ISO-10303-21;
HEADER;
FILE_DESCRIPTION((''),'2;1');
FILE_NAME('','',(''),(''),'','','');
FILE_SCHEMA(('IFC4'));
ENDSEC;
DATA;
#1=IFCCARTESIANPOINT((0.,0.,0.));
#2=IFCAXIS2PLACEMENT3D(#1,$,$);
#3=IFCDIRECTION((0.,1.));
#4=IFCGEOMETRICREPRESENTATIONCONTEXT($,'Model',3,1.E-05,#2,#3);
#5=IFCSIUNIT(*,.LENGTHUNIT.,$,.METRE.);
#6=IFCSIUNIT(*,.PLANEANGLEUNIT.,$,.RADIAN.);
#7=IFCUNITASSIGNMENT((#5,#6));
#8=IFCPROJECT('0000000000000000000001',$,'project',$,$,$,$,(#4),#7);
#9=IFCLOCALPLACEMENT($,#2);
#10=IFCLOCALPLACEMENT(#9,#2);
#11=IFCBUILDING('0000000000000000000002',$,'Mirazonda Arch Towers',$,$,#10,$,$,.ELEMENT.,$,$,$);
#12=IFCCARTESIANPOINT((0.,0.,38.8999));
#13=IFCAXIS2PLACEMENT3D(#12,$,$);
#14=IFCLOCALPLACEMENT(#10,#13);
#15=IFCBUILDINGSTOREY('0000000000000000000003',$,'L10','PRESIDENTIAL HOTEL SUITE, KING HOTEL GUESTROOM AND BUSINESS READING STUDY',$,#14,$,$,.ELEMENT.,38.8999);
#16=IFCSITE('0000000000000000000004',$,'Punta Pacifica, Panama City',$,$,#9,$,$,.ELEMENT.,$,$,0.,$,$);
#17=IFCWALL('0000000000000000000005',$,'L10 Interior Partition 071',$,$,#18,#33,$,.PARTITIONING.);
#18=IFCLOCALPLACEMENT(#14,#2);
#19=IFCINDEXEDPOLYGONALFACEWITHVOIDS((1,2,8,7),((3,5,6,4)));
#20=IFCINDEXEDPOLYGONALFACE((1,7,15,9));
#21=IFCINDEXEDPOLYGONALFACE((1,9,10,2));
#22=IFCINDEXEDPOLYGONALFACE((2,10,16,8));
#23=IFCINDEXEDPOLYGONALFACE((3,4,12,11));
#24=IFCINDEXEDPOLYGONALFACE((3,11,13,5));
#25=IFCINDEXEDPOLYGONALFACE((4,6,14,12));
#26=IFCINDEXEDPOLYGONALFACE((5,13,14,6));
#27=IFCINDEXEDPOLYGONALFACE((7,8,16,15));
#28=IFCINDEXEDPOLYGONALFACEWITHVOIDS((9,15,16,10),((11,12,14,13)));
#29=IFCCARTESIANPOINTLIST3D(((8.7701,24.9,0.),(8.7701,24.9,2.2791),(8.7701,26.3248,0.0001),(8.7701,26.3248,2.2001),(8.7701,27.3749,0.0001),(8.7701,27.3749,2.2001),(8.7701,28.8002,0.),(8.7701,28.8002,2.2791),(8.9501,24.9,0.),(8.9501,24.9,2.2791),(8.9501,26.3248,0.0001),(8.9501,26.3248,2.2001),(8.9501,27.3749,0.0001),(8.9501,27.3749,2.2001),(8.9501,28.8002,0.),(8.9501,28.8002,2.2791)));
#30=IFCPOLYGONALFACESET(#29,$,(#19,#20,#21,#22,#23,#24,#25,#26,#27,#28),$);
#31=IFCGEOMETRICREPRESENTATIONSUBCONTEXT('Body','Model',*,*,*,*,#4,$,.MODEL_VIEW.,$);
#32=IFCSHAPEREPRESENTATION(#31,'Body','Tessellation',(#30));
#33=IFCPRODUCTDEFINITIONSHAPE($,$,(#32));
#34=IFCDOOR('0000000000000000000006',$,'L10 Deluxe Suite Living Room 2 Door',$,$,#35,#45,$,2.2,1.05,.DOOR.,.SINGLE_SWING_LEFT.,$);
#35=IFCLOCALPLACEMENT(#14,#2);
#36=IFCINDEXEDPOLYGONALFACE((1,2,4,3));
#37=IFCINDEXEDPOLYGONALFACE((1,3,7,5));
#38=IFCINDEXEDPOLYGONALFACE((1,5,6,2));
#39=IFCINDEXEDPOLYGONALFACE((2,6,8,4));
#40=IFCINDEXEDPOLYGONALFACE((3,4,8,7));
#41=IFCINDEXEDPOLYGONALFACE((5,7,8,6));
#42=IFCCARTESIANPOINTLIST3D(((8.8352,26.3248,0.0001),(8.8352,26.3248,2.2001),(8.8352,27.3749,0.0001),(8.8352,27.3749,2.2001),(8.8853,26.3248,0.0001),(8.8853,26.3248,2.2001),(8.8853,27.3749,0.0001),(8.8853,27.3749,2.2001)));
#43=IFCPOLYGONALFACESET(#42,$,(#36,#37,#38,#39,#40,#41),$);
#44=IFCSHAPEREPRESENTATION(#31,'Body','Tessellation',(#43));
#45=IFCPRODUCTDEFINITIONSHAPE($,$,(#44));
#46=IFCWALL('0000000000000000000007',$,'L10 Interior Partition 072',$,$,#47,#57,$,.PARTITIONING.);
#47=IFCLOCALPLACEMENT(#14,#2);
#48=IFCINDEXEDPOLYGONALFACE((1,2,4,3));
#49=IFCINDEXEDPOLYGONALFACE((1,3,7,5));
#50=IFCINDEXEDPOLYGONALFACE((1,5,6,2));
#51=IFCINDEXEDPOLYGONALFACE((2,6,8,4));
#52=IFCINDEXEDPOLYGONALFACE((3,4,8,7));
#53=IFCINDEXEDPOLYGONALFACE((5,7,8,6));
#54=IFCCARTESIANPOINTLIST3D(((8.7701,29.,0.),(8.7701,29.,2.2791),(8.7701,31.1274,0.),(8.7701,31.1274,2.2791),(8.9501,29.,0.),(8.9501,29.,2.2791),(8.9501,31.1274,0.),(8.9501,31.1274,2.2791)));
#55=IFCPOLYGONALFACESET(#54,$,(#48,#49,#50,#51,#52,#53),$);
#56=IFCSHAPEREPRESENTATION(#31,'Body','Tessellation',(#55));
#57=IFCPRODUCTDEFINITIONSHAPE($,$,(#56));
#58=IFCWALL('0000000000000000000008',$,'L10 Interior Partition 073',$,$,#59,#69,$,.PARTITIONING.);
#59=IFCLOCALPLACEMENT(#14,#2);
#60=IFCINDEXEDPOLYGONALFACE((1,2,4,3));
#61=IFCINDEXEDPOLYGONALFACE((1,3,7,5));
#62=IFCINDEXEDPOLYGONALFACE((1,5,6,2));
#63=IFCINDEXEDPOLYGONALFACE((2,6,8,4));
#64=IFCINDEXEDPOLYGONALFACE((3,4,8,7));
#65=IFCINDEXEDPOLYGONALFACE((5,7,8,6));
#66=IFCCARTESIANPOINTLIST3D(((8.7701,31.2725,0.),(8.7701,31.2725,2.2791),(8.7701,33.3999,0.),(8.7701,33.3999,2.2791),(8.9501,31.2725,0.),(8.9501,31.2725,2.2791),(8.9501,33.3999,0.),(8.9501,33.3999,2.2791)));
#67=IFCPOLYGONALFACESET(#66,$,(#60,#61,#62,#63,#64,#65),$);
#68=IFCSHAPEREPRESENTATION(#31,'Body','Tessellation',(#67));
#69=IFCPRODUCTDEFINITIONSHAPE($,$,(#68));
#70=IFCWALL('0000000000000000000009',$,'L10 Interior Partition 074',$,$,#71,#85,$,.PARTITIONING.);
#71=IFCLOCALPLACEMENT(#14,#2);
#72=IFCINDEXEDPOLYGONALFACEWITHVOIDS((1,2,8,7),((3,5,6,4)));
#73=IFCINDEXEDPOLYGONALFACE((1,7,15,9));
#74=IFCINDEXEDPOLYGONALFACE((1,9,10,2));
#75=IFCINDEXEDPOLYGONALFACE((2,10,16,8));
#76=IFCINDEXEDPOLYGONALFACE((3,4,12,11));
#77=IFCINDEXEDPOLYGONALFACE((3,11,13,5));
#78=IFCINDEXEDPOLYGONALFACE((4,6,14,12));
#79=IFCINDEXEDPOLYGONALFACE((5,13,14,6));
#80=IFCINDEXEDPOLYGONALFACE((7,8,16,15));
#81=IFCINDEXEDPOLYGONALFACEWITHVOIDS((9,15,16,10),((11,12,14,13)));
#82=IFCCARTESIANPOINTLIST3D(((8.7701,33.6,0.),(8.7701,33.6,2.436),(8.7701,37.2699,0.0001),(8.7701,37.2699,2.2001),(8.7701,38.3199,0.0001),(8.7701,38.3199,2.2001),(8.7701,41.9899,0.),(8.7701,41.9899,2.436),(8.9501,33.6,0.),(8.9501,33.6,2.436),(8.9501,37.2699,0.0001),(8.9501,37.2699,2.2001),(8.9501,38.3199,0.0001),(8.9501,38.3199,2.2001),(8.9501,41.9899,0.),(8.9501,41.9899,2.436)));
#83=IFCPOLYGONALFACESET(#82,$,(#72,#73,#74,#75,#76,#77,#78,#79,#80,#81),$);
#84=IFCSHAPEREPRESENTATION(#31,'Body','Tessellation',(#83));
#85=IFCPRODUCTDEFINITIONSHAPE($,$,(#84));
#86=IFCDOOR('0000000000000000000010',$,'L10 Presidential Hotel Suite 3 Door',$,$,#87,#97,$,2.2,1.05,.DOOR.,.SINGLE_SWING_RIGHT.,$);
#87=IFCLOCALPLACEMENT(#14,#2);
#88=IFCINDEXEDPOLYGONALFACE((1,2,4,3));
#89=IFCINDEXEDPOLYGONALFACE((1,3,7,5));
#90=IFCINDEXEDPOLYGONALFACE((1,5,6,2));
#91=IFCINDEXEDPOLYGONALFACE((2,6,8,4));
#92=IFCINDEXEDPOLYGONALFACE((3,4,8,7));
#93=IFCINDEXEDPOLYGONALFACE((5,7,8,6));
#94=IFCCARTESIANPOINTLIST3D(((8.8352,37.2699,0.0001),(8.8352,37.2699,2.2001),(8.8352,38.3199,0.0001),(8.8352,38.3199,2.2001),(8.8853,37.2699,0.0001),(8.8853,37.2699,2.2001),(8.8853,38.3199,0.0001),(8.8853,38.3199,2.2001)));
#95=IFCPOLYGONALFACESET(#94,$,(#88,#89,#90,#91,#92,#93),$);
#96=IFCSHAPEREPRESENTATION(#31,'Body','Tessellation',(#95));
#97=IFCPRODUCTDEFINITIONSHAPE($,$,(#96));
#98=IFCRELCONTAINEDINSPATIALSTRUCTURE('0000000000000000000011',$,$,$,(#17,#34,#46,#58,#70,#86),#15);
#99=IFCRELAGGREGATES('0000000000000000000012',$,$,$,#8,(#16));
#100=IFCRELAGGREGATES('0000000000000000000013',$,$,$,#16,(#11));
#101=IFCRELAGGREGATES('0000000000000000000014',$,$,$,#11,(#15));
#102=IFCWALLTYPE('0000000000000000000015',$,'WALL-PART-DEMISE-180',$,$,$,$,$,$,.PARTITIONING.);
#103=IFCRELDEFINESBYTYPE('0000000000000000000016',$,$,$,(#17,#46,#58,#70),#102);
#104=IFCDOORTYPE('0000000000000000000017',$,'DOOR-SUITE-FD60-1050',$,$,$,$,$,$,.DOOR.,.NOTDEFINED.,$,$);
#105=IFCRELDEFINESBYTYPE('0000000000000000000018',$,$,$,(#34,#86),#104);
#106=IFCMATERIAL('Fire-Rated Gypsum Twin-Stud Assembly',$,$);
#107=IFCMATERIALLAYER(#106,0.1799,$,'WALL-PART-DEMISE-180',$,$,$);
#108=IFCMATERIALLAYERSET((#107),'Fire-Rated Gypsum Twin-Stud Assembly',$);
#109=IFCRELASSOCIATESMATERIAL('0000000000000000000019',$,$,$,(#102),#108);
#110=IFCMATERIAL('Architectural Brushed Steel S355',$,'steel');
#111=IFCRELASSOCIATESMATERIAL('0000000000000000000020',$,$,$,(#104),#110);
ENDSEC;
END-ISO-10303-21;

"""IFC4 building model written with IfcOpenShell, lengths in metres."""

from ifc_helpers import new_model, si_unit, direction, frame, frame_2d, origin, place, context, subcontext, project, spatial, rectangle, extrude, material, layer, layer_set, type_object, element, fill, save


model = new_model("IFC4")

# Units and contexts
model_context = context("Model", 3, precision=1e-05, world=origin(), true_north=direction((0.0, 1.0)))
body_context = subcontext(model_context, "Body", "Model", "MODEL_VIEW")
ifc_project = project(units=[si_unit("LENGTHUNIT", "METRE"), si_unit("PLANEANGLEUNIT", "RADIAN")], contexts=[model_context])

# Site, building, storey
site_placement = place(None, origin())
site = spatial("IfcSite", under=ifc_project, at=site_placement, Name="Punta Pacifica, Panama City", CompositionType="ELEMENT", RefElevation=0.0)
building_placement = place(site_placement, origin())
building = spatial("IfcBuilding", under=site, at=building_placement, Name="Mirazonda Arch Towers", CompositionType="ELEMENT")
storey_placement = place(building_placement, frame((0.0, 0.0, 38.8999)))
storey = spatial("IfcBuildingStorey", under=building, at=storey_placement, Name="L10", Description="PRESIDENTIAL HOTEL SUITE, KING HOTEL GUESTROOM AND BUSINESS READING STUDY", CompositionType="ELEMENT", Elevation=38.8999)

# Shared definitions
ifc_material_1 = material(Name="Architectural Brushed Steel S355", Category="steel")

# Wall, opening, door
ifc_material_2 = material(Name="Fire-Rated Gypsum Twin-Stud Assembly")
ifc_layer_1 = layer(ifc_material_2, 0.1799, Name="WALL-PART-DEMISE-180")
ifc_layer_set_1 = layer_set([ifc_layer_1], Name="Fire-Rated Gypsum Twin-Stud Assembly")
wall_type_1 = type_object("IfcWallType", Name="WALL-PART-DEMISE-180", PredefinedType="PARTITIONING", material=ifc_layer_set_1)
wall_1_placement = place(storey_placement, frame((8.8601, 24.8999, 0.0), z_axis=(0.0, 0.0, 1.0), x_axis=(0.0, 1.0, 0.0)))
wall_1 = element("IfcWall", 1, at=wall_1_placement, inside=storey, type_object=wall_type_1, Name="L10 Interior Partition 071", PredefinedType="PARTITIONING", context=body_context, shape_type="SweptSolid", body=[
    extrude(rectangle(XDim=3.9001, YDim=0.1799, at=frame_2d((1.9502, 0.0))), origin(), (0.0, 0.0, 1.0), 2.2791),
])
opening_1_placement = place(wall_1_placement, frame((1.425, 0.0, 0.0)))
opening_1 = element("IfcOpeningElement", 2, at=opening_1_placement, cuts=wall_1, PredefinedType="OPENING", context=body_context, shape_type="SweptSolid", body=[
    extrude(rectangle(XDim=1.05, YDim=2.2, at=frame_2d((0.5249, 1.1001))), frame((0.0, 0.0999, 0.0), z_axis=(0.0, -1.0, 0.0), x_axis=(1.0, 0.0, 0.0)), (0.0, 0.0, 1.0), 0.2),
])
door_type_1 = type_object("IfcDoorType", Name="DOOR-SUITE-FD60-1050", OperationType="NOTDEFINED", PredefinedType="DOOR", material=ifc_material_1)
door_1_placement = place(opening_1_placement, origin())
door_1 = element("IfcDoor", 3, at=door_1_placement, inside=storey, type_object=door_type_1, Name="L10 Deluxe Suite Living Room 2 Door", OperationType="SINGLE_SWING_LEFT", OverallHeight=2.2, OverallWidth=1.05, PredefinedType="DOOR", context=body_context, shape_type="SweptSolid", body=[
    extrude(rectangle(XDim=1.05, YDim=2.2, at=frame_2d((0.5249, 1.1001))), frame((0.0, 0.0249, 0.0), z_axis=(0.0, -1.0, 0.0), x_axis=(1.0, 0.0, 0.0)), (0.0, 0.0, 1.0), 0.05),
])
fill(opening_1, door_1)

# Walls
for number, where, z_axis, x_axis, name in (
    (4, (8.8601, 29.0, 0.0), (0.0, 0.0, 1.0), (0.0, 1.0, 0.0), "L10 Interior Partition 072"),
    (5, (8.8601, 31.2725, 0.0), (0.0, 0.0, 1.0), (0.0, 1.0, 0.0), "L10 Interior Partition 073"),
):
    element("IfcWall", number, at=place(storey_placement, frame(where, z_axis=z_axis, x_axis=x_axis)), inside=storey, type_object=wall_type_1, Name=name, PredefinedType="PARTITIONING", context=body_context, shape_type="SweptSolid", body=[
        extrude(rectangle(XDim=2.1274, YDim=0.1799, at=frame_2d((1.0637, 0.0))), origin(), (0.0, 0.0, 1.0), 2.2791),
    ])

# Wall, opening, door
wall_2_placement = place(storey_placement, frame((8.8601, 33.6001, 0.0), z_axis=(0.0, 0.0, 1.0), x_axis=(0.0, 1.0, 0.0)))
wall_2 = element("IfcWall", 6, at=wall_2_placement, inside=storey, type_object=wall_type_1, Name="L10 Interior Partition 074", PredefinedType="PARTITIONING", context=body_context, shape_type="SweptSolid", body=[
    extrude(rectangle(XDim=8.3899, YDim=0.1799, at=frame_2d((4.1948, 0.0))), origin(), (0.0, 0.0, 1.0), 2.436),
])
opening_2_placement = place(wall_2_placement, frame((3.6699, 0.0, 0.0)))
opening_2 = element("IfcOpeningElement", 7, at=opening_2_placement, cuts=wall_2, PredefinedType="OPENING", context=body_context, shape_type="SweptSolid", body=[
    extrude(rectangle(XDim=1.05, YDim=2.2, at=frame_2d((0.5249, 1.1001))), frame((0.0, 0.0999, 0.0), z_axis=(0.0, -1.0, 0.0), x_axis=(1.0, 0.0, 0.0)), (0.0, 0.0, 1.0), 0.2),
])
door_2_placement = place(opening_2_placement, origin())
door_2 = element("IfcDoor", 8, at=door_2_placement, inside=storey, type_object=door_type_1, Name="L10 Presidential Hotel Suite 3 Door", OperationType="SINGLE_SWING_RIGHT", OverallHeight=2.2, OverallWidth=1.05, PredefinedType="DOOR", context=body_context, shape_type="SweptSolid", body=[
    extrude(rectangle(XDim=1.05, YDim=2.2, at=frame_2d((0.5249, 1.1001))), frame((0.0, 0.0249, 0.0), z_axis=(0.0, -1.0, 0.0), x_axis=(1.0, 0.0, 0.0)), (0.0, 0.0, 1.0), 0.05),
])
fill(opening_2, door_2)

save(model, "model.ifc")
